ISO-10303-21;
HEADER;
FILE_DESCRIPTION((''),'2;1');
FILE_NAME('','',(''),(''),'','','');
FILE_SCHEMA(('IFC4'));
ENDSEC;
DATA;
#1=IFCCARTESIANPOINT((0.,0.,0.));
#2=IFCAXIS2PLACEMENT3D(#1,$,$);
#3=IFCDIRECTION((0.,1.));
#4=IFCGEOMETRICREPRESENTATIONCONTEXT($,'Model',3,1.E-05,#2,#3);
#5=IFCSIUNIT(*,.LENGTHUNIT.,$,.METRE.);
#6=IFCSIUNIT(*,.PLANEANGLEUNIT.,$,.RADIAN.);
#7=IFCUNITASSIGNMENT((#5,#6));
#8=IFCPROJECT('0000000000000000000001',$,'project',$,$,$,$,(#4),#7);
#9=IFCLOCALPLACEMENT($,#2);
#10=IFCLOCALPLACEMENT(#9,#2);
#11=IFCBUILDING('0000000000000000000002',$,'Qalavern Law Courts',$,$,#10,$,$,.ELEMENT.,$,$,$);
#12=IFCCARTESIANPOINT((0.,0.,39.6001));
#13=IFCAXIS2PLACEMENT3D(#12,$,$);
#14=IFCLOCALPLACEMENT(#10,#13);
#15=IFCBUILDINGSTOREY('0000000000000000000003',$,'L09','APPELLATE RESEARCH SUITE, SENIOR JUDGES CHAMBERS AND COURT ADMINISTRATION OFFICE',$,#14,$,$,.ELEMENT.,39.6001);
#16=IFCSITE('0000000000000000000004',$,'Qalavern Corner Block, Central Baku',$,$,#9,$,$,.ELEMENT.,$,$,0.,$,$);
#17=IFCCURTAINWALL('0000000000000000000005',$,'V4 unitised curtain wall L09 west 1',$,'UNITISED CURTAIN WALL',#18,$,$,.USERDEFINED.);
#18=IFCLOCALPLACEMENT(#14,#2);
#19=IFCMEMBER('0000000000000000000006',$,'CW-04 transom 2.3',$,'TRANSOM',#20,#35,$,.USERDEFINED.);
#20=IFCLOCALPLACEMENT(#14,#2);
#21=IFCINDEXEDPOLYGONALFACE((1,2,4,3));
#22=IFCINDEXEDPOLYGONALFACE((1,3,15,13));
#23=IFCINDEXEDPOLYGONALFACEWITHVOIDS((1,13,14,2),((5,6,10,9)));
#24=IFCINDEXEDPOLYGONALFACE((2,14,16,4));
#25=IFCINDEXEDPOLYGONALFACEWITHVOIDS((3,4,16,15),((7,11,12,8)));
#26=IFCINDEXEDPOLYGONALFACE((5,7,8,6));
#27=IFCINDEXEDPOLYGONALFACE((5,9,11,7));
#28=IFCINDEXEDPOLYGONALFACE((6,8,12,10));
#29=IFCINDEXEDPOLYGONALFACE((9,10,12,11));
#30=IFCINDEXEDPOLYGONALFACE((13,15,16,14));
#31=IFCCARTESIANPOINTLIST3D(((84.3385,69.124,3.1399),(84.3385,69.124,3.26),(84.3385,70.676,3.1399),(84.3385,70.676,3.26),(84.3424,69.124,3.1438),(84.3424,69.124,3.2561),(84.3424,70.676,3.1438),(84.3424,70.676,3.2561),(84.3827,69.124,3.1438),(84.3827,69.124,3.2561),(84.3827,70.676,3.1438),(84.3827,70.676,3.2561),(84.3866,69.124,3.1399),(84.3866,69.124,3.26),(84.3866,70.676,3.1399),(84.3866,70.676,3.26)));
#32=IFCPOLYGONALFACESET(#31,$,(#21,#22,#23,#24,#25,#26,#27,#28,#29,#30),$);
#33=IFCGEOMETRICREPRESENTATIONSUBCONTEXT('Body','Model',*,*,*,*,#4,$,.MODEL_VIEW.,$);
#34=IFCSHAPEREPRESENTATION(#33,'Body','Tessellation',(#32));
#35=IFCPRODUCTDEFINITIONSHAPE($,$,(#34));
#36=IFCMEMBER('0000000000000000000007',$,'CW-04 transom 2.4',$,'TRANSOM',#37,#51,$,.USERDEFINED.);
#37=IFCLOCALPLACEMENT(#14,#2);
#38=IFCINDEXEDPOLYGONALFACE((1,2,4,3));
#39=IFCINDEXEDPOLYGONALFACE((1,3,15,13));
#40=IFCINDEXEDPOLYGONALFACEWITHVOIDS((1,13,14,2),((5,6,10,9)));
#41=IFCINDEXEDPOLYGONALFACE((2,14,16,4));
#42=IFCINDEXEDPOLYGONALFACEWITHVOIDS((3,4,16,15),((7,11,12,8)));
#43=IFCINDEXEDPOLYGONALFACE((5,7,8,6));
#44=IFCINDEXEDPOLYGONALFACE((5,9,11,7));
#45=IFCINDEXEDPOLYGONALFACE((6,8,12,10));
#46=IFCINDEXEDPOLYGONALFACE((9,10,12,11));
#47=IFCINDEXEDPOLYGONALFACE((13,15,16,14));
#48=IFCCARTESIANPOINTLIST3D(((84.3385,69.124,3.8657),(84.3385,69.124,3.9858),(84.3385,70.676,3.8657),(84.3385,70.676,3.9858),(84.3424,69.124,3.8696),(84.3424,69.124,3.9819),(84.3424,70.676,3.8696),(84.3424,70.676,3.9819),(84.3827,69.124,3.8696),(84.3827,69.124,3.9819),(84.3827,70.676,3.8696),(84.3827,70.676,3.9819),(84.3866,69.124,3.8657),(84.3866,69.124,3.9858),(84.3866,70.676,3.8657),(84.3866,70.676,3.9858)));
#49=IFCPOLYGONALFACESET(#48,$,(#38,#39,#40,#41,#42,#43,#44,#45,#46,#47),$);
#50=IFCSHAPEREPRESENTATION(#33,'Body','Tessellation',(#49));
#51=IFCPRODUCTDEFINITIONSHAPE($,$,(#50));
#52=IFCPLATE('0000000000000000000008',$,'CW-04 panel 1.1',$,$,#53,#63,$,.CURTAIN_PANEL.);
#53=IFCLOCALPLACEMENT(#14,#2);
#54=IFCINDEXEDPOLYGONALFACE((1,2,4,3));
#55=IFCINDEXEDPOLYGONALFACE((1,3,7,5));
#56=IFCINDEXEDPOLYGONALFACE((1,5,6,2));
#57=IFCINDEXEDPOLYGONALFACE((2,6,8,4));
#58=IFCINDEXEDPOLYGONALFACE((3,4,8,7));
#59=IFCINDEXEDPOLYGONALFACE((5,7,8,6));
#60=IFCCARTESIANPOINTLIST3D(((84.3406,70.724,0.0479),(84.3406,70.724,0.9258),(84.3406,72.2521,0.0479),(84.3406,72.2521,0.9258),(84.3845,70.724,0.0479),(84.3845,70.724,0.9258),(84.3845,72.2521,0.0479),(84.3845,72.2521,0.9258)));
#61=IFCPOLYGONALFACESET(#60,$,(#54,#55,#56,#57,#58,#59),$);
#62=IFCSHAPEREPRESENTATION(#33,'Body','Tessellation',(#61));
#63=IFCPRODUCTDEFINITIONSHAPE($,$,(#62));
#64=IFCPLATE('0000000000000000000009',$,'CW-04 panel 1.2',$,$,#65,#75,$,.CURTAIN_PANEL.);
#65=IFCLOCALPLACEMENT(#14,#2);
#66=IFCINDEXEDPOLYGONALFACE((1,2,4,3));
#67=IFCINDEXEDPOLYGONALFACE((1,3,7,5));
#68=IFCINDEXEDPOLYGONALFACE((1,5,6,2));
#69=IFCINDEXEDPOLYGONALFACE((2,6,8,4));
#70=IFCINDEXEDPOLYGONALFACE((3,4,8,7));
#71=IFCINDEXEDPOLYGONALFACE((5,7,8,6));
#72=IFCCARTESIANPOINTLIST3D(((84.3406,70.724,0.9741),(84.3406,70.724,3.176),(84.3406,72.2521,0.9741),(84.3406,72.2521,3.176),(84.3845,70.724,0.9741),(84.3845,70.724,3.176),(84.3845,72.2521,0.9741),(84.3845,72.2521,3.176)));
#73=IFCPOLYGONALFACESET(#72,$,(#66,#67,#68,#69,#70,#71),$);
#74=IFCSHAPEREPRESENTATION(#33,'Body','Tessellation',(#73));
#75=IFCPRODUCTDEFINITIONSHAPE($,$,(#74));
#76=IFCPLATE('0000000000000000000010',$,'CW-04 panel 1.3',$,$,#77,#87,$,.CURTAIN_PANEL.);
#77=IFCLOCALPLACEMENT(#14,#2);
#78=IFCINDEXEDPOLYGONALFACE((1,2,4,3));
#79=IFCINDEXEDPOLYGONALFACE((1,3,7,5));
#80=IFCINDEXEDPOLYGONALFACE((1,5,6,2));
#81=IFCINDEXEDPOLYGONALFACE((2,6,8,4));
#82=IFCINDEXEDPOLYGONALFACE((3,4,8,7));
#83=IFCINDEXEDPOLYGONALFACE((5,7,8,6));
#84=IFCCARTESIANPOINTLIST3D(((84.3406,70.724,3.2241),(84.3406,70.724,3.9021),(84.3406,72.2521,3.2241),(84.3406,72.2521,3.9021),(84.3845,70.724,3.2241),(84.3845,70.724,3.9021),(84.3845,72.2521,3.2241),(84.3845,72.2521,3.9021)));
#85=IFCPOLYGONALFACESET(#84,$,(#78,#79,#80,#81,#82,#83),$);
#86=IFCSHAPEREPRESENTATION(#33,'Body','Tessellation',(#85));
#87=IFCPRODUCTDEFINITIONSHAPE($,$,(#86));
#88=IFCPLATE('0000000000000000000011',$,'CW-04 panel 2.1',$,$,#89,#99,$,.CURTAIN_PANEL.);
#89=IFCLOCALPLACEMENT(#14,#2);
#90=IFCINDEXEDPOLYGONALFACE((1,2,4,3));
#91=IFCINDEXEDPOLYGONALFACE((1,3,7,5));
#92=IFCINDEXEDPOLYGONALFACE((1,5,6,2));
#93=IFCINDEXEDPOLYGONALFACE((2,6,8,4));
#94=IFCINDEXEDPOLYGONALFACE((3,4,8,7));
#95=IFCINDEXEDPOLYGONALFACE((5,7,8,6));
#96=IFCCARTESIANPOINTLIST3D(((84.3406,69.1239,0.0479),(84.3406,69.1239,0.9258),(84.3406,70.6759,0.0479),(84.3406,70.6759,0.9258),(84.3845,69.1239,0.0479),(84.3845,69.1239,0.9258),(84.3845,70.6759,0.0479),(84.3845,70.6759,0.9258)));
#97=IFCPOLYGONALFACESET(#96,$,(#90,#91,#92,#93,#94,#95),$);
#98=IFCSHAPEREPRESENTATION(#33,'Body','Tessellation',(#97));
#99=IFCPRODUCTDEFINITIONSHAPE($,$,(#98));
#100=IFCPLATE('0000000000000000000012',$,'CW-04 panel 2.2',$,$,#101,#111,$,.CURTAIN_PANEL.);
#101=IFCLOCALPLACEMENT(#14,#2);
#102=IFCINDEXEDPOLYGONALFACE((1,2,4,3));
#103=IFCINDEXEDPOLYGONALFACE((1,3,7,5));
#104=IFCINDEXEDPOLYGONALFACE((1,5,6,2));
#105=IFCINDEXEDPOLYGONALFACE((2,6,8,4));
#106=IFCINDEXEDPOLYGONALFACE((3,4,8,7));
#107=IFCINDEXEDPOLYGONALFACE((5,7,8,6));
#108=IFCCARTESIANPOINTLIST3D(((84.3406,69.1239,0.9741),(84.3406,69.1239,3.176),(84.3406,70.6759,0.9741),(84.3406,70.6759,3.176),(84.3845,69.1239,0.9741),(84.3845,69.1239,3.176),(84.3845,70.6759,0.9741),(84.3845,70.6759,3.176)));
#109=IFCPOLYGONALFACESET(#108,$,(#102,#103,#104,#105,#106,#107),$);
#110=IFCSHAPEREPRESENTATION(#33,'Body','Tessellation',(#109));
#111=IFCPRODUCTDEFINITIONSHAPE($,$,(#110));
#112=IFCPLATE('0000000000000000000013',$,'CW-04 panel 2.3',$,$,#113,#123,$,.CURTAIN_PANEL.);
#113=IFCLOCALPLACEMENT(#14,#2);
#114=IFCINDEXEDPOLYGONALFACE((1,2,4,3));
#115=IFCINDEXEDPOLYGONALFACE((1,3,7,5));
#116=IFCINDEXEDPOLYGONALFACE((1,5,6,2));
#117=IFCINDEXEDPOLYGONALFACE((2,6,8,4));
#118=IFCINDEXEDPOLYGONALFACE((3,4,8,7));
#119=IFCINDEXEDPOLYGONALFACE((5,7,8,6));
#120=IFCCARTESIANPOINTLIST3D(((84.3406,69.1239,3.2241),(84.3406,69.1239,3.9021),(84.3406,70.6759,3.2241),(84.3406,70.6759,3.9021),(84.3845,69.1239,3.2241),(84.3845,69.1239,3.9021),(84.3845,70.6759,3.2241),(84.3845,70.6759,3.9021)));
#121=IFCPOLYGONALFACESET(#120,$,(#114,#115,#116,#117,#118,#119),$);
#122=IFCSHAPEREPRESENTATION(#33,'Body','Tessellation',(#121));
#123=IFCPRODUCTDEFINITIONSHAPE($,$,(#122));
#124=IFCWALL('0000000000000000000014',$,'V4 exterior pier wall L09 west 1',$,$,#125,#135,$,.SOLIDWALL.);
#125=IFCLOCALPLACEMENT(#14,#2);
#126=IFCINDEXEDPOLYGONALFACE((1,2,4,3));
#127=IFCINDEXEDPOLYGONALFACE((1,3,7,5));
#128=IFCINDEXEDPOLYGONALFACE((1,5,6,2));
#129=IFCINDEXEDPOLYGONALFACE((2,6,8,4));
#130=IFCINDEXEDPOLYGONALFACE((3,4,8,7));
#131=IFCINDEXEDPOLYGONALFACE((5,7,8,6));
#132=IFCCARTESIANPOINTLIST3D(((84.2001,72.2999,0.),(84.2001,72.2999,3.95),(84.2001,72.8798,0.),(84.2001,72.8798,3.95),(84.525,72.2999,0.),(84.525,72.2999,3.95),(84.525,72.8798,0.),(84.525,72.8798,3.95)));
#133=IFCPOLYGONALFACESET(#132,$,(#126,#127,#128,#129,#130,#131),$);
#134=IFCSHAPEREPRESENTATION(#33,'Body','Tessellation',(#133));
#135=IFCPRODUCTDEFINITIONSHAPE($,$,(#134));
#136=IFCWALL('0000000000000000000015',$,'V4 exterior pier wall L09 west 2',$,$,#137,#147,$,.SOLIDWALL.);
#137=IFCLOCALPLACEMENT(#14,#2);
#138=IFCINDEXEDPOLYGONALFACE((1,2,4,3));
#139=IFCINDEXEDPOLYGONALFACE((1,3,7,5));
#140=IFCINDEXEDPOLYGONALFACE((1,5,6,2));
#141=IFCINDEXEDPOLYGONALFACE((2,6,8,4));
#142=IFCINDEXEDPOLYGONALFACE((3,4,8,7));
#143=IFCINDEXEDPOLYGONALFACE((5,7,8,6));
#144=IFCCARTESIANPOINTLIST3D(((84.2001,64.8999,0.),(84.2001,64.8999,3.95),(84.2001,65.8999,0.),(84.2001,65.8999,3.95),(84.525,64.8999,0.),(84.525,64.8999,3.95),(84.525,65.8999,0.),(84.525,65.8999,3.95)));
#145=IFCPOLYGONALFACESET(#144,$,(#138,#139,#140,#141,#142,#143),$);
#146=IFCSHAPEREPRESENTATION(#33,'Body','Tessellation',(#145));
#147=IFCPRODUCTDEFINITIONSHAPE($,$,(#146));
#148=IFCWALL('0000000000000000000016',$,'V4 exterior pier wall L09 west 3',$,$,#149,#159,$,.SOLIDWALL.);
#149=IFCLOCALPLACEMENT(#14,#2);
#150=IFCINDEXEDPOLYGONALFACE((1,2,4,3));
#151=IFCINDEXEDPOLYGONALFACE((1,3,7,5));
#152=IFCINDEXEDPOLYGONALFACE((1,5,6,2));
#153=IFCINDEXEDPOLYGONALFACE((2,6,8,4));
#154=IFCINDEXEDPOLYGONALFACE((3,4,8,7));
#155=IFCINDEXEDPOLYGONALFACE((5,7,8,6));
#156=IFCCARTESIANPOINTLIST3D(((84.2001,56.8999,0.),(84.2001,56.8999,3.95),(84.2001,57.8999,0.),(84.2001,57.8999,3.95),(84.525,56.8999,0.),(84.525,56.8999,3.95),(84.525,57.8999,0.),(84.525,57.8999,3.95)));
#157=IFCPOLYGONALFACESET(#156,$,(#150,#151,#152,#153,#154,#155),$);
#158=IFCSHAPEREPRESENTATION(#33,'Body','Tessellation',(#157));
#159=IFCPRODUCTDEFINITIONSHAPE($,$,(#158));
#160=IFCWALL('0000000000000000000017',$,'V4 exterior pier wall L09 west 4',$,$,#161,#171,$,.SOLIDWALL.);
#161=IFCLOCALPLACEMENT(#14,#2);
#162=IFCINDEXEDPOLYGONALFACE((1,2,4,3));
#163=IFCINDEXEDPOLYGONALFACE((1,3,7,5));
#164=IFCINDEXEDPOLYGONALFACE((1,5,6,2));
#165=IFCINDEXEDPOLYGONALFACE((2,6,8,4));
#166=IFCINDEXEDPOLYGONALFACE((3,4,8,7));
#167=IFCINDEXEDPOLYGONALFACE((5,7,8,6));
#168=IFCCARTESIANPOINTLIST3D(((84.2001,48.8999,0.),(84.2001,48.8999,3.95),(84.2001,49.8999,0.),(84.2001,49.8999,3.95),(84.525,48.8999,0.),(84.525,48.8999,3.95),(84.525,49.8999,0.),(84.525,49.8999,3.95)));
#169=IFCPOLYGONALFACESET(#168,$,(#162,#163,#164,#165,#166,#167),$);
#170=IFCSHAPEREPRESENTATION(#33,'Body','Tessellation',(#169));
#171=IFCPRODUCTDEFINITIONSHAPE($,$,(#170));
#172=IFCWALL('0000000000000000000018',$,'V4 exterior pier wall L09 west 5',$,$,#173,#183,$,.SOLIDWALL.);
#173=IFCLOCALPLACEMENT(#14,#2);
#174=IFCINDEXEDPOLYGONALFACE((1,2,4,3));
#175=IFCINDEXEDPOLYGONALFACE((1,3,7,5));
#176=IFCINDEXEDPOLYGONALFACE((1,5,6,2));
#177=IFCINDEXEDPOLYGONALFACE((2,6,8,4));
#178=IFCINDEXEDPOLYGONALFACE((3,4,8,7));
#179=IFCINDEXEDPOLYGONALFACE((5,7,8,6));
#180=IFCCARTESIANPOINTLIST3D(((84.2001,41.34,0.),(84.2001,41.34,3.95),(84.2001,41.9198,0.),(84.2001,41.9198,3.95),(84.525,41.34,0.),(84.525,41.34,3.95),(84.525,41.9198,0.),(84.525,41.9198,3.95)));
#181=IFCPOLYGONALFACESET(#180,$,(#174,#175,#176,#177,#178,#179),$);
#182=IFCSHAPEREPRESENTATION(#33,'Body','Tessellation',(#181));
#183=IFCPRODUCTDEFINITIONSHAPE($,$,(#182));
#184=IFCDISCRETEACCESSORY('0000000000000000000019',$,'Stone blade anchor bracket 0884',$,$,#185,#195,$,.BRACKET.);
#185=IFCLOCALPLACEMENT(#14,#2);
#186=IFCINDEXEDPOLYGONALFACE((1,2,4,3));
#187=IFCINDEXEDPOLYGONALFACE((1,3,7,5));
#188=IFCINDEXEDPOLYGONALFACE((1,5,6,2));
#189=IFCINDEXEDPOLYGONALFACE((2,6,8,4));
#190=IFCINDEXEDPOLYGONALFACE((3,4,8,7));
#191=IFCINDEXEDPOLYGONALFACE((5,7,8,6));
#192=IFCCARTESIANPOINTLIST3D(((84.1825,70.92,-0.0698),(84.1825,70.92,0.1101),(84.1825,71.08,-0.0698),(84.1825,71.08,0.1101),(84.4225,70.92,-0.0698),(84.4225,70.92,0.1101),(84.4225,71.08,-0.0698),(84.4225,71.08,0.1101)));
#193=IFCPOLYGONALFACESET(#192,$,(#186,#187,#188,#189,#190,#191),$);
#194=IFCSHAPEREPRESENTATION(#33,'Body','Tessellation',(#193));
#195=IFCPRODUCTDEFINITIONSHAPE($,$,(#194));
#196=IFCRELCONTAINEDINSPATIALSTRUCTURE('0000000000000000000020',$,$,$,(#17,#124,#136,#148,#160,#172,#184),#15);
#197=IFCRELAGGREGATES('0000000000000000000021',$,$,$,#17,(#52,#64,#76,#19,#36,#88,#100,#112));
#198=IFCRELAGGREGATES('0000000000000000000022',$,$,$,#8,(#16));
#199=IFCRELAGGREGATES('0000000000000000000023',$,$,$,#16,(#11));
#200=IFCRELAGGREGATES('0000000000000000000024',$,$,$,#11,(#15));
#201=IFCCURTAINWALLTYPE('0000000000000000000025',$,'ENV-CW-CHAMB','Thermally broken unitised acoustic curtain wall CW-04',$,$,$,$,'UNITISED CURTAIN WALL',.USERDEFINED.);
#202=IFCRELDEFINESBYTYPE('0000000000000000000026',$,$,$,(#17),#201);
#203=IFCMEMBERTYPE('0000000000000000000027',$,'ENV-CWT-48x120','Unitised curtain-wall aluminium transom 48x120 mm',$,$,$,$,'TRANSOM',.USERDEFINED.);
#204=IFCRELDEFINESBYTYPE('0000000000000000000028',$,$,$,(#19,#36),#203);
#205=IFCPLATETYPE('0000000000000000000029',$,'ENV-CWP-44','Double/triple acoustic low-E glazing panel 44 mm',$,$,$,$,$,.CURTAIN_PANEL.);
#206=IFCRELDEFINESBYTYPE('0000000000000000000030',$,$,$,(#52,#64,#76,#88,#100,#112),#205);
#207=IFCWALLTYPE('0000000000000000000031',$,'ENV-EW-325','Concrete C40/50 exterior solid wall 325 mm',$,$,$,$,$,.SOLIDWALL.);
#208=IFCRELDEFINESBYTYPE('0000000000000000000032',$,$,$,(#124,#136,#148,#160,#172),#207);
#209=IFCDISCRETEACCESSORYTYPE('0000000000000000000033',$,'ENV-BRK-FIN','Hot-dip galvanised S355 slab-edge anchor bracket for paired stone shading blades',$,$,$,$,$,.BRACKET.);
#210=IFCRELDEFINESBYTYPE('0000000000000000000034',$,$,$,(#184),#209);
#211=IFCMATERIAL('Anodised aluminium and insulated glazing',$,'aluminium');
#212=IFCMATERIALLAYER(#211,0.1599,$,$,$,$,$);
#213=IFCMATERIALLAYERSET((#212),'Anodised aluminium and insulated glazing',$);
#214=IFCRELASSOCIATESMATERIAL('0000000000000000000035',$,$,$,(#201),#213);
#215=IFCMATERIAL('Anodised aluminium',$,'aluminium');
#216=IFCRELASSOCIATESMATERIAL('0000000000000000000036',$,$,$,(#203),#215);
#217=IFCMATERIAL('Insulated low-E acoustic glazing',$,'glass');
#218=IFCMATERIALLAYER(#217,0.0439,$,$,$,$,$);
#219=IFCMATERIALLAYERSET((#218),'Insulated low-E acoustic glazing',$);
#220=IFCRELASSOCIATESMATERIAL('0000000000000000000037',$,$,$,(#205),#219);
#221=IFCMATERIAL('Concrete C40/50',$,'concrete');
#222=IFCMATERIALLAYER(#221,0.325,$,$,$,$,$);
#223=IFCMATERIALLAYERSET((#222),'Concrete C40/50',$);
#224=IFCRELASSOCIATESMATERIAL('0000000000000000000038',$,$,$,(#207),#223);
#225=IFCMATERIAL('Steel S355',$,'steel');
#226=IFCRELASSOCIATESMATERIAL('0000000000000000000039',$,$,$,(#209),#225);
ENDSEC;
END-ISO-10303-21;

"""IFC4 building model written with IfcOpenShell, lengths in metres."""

from ifc_helpers import new_model, si_unit, direction, frame, frame_2d, origin, origin_2d, place, context, subcontext, project, spatial, rectangle, hollow_rectangle, extrude, material, layer, layer_set, material_profile, profile_set, type_object, element, aggregate, save


model = new_model("IFC4")

# Units and contexts
model_context = context("Model", 3, precision=1e-05, world=origin(), true_north=direction((0.0, 1.0)))
body_context = subcontext(model_context, "Body", "Model", "MODEL_VIEW")
ifc_project = project(units=[si_unit("LENGTHUNIT", "METRE"), si_unit("PLANEANGLEUNIT", "RADIAN")], contexts=[model_context])

# Site, building, storey
site_placement = place(None, origin())
site = spatial("IfcSite", under=ifc_project, at=site_placement, Name="Qalavern Corner Block, Central Baku", CompositionType="ELEMENT", RefElevation=0.0)
building_placement = place(site_placement, origin())
building = spatial("IfcBuilding", under=site, at=building_placement, Name="Qalavern Law Courts", CompositionType="ELEMENT")
storey_placement = place(building_placement, frame((0.0, 0.0, 39.6001)))
storey = spatial("IfcBuildingStorey", under=building, at=storey_placement, Name="L09", Description="APPELLATE RESEARCH SUITE, SENIOR JUDGES CHAMBERS AND COURT ADMINISTRATION OFFICE", CompositionType="ELEMENT", Elevation=39.6001)

# Curtain wall, members, plates
ifc_material_1 = material(Name="Anodised aluminium and insulated glazing", Category="aluminium")
ifc_layer_1 = layer(ifc_material_1, 0.1599)
ifc_layer_set_1 = layer_set([ifc_layer_1], Name="Anodised aluminium and insulated glazing")
curtain_wall_type = type_object("IfcCurtainWallType", Name="ENV-CW-CHAMB", Description="Thermally broken unitised acoustic curtain wall CW-04", ElementType="UNITISED CURTAIN WALL", PredefinedType="USERDEFINED", material=ifc_layer_set_1)
curtain_wall_placement = place(storey_placement, origin())
curtain_wall = element("IfcCurtainWall", 1, at=curtain_wall_placement, inside=storey, type_object=curtain_wall_type, Name="V4 unitised curtain wall L09 west 1", ObjectType="UNITISED CURTAIN WALL", PredefinedType="USERDEFINED")
ifc_material_2 = material(Name="Anodised aluminium", Category="aluminium")
ifc_material_profile_1 = material_profile(ifc_material_2, hollow_rectangle(XDim=0.0481, YDim=0.1201, WallThickness=0.0039, at=origin_2d()), Name="ALU TRANSOM 48x120")
ifc_profile_set_1 = profile_set([ifc_material_profile_1], Name="Anodised aluminium")
member_type_1 = type_object("IfcMemberType", Name="ENV-CWT-48x120", Description="Unitised curtain-wall aluminium transom 48x120 mm", ElementType="TRANSOM", PredefinedType="USERDEFINED", material=ifc_profile_set_1)
member_1_placement = place(storey_placement, frame((84.3625, 70.676, 3.2), z_axis=(0.0, -1.0, 0.0), x_axis=(1.0, 0.0, 0.0)))
member_1 = element("IfcMember", 2, at=member_1_placement, type_object=member_type_1, Name="CW-04 transom 2.3", ObjectType="TRANSOM", PredefinedType="USERDEFINED", context=body_context, shape_type="SweptSolid", body=[
    extrude(hollow_rectangle(XDim=0.0481, YDim=0.1201, WallThickness=0.0039, at=origin_2d()), origin(), (0.0, 0.0, 1.0), 1.552),
])
member_2_placement = place(storey_placement, frame((84.3625, 70.676, 3.9258), z_axis=(0.0, -1.0, 0.0), x_axis=(1.0, 0.0, 0.0)))
member_2 = element("IfcMember", 3, at=member_2_placement, type_object=member_type_1, Name="CW-04 transom 2.4", ObjectType="TRANSOM", PredefinedType="USERDEFINED", context=body_context, shape_type="SweptSolid", body=[
    extrude(hollow_rectangle(XDim=0.0481, YDim=0.1201, WallThickness=0.0039, at=origin_2d()), origin(), (0.0, 0.0, 1.0), 1.552),
])
ifc_material_3 = material(Name="Insulated low-E acoustic glazing", Category="glass")
ifc_layer_2 = layer(ifc_material_3, 0.0439)
ifc_layer_set_2 = layer_set([ifc_layer_2], Name="Insulated low-E acoustic glazing")
plate_type = type_object("IfcPlateType", Name="ENV-CWP-44", Description="Double/triple acoustic low-E glazing panel 44 mm", PredefinedType="CURTAIN_PANEL", material=ifc_layer_set_2)
plate_1_placement = place(storey_placement, frame((84.3625, 71.488, 0.0479), z_axis=(0.0, 0.0, 1.0), x_axis=(0.0, -1.0, 0.0)))
plate_1 = element("IfcPlate", 4, at=plate_1_placement, type_object=plate_type, Name="CW-04 panel 1.1", PredefinedType="CURTAIN_PANEL", context=body_context, shape_type="SweptSolid", body=[
    extrude(rectangle(XDim=1.5281, YDim=0.0439, at=origin_2d()), origin(), (0.0, 0.0, 1.0), 0.8779),
])
plate_2_placement = place(storey_placement, frame((84.3625, 71.488, 0.9741), z_axis=(0.0, 0.0, 1.0), x_axis=(0.0, -1.0, 0.0)))
plate_2 = element("IfcPlate", 5, at=plate_2_placement, type_object=plate_type, Name="CW-04 panel 1.2", PredefinedType="CURTAIN_PANEL", context=body_context, shape_type="SweptSolid", body=[
    extrude(rectangle(XDim=1.5281, YDim=0.0439, at=origin_2d()), origin(), (0.0, 0.0, 1.0), 2.2019),
])
plate_3_placement = place(storey_placement, frame((84.3625, 71.488, 3.2241), z_axis=(0.0, 0.0, 1.0), x_axis=(0.0, -1.0, 0.0)))
plate_3 = element("IfcPlate", 6, at=plate_3_placement, type_object=plate_type, Name="CW-04 panel 1.3", PredefinedType="CURTAIN_PANEL", context=body_context, shape_type="SweptSolid", body=[
    extrude(rectangle(XDim=1.5281, YDim=0.0439, at=origin_2d()), origin(), (0.0, 0.0, 1.0), 0.678),
])
plate_4_placement = place(storey_placement, frame((84.3625, 69.8999, 0.0479), z_axis=(0.0, 0.0, 1.0), x_axis=(0.0, -1.0, 0.0)))
plate_4 = element("IfcPlate", 7, at=plate_4_placement, type_object=plate_type, Name="CW-04 panel 2.1", PredefinedType="CURTAIN_PANEL", context=body_context, shape_type="SweptSolid", body=[
    extrude(rectangle(XDim=1.552, YDim=0.0439, at=origin_2d()), origin(), (0.0, 0.0, 1.0), 0.8779),
])
plate_5_placement = place(storey_placement, frame((84.3625, 69.8999, 0.9741), z_axis=(0.0, 0.0, 1.0), x_axis=(0.0, -1.0, 0.0)))
plate_5 = element("IfcPlate", 8, at=plate_5_placement, type_object=plate_type, Name="CW-04 panel 2.2", PredefinedType="CURTAIN_PANEL", context=body_context, shape_type="SweptSolid", body=[
    extrude(rectangle(XDim=1.552, YDim=0.0439, at=origin_2d()), origin(), (0.0, 0.0, 1.0), 2.2019),
])
plate_6_placement = place(storey_placement, frame((84.3625, 69.8999, 3.2241), z_axis=(0.0, 0.0, 1.0), x_axis=(0.0, -1.0, 0.0)))
plate_6 = element("IfcPlate", 9, at=plate_6_placement, type_object=plate_type, Name="CW-04 panel 2.3", PredefinedType="CURTAIN_PANEL", context=body_context, shape_type="SweptSolid", body=[
    extrude(rectangle(XDim=1.552, YDim=0.0439, at=origin_2d()), origin(), (0.0, 0.0, 1.0), 0.678),
])
aggregate(curtain_wall, [plate_1, plate_2, plate_3, member_1, member_2, plate_4, plate_5, plate_6])

# Walls
ifc_material_4 = material(Name="Concrete C40/50", Category="concrete")
ifc_layer_3 = layer(ifc_material_4, 0.325)
ifc_layer_set_3 = layer_set([ifc_layer_3], Name="Concrete C40/50")
wall_type = type_object("IfcWallType", Name="ENV-EW-325", Description="Concrete C40/50 exterior solid wall 325 mm", PredefinedType="SOLIDWALL", material=ifc_layer_set_3)
wall_1_placement = place(storey_placement, frame((84.3625, 72.8799, 0.0), z_axis=(0.0, 0.0, 1.0), x_axis=(0.0, -1.0, 0.0)))
element("IfcWall", 10, at=wall_1_placement, inside=storey, type_object=wall_type, Name="V4 exterior pier wall L09 west 1", PredefinedType="SOLIDWALL", context=body_context, shape_type="SweptSolid", body=[
    extrude(rectangle(XDim=0.5798, YDim=0.325, at=frame_2d((0.29, 0.0))), origin(), (0.0, 0.0, 1.0), 3.95),
])
for number, where, z_axis, x_axis, name in (
    (11, (84.3625, 65.8999, 0.0), (0.0, 0.0, 1.0), (0.0, -1.0, 0.0), "V4 exterior pier wall L09 west 2"),
    (12, (84.3625, 57.8999, 0.0), (0.0, 0.0, 1.0), (0.0, -1.0, 0.0), "V4 exterior pier wall L09 west 3"),
    (13, (84.3625, 49.8999, 0.0), (0.0, 0.0, 1.0), (0.0, -1.0, 0.0), "V4 exterior pier wall L09 west 4"),
):
    element("IfcWall", number, at=place(storey_placement, frame(where, z_axis=z_axis, x_axis=x_axis)), inside=storey, type_object=wall_type, Name=name, PredefinedType="SOLIDWALL", context=body_context, shape_type="SweptSolid", body=[
        extrude(rectangle(XDim=1.0, YDim=0.325, at=frame_2d((0.5, 0.0))), origin(), (0.0, 0.0, 1.0), 3.95),
    ])
wall_2_placement = place(storey_placement, frame((84.3625, 41.9199, 0.0), z_axis=(0.0, 0.0, 1.0), x_axis=(0.0, -1.0, 0.0)))
element("IfcWall", 14, at=wall_2_placement, inside=storey, type_object=wall_type, Name="V4 exterior pier wall L09 west 5", PredefinedType="SOLIDWALL", context=body_context, shape_type="SweptSolid", body=[
    extrude(rectangle(XDim=0.5798, YDim=0.325, at=frame_2d((0.29, 0.0))), origin(), (0.0, 0.0, 1.0), 3.95),
])

# Discrete accessory
ifc_material_5 = material(Name="Steel S355", Category="steel")
discrete_accessory_type = type_object("IfcDiscreteAccessoryType", Name="ENV-BRK-FIN", Description="Hot-dip galvanised S355 slab-edge anchor bracket for paired stone shading blades", PredefinedType="BRACKET", material=ifc_material_5)
for number, where, z_axis, x_axis, name in (
    (15, (84.3025, 71.0, -0.0698), (0.0, 0.0, 1.0), (-1.0, 0.0, 0.0), "Stone blade anchor bracket 0884"),
):
    element("IfcDiscreteAccessory", number, at=place(storey_placement, frame(where, z_axis=z_axis, x_axis=x_axis)), inside=storey, type_object=discrete_accessory_type, Name=name, PredefinedType="BRACKET", context=body_context, shape_type="SweptSolid", body=[
        extrude(rectangle(XDim=0.24, YDim=0.1599, at=origin_2d()), origin(), (0.0, 0.0, 1.0), 0.1799),
    ])

save(model, "model.ifc")
